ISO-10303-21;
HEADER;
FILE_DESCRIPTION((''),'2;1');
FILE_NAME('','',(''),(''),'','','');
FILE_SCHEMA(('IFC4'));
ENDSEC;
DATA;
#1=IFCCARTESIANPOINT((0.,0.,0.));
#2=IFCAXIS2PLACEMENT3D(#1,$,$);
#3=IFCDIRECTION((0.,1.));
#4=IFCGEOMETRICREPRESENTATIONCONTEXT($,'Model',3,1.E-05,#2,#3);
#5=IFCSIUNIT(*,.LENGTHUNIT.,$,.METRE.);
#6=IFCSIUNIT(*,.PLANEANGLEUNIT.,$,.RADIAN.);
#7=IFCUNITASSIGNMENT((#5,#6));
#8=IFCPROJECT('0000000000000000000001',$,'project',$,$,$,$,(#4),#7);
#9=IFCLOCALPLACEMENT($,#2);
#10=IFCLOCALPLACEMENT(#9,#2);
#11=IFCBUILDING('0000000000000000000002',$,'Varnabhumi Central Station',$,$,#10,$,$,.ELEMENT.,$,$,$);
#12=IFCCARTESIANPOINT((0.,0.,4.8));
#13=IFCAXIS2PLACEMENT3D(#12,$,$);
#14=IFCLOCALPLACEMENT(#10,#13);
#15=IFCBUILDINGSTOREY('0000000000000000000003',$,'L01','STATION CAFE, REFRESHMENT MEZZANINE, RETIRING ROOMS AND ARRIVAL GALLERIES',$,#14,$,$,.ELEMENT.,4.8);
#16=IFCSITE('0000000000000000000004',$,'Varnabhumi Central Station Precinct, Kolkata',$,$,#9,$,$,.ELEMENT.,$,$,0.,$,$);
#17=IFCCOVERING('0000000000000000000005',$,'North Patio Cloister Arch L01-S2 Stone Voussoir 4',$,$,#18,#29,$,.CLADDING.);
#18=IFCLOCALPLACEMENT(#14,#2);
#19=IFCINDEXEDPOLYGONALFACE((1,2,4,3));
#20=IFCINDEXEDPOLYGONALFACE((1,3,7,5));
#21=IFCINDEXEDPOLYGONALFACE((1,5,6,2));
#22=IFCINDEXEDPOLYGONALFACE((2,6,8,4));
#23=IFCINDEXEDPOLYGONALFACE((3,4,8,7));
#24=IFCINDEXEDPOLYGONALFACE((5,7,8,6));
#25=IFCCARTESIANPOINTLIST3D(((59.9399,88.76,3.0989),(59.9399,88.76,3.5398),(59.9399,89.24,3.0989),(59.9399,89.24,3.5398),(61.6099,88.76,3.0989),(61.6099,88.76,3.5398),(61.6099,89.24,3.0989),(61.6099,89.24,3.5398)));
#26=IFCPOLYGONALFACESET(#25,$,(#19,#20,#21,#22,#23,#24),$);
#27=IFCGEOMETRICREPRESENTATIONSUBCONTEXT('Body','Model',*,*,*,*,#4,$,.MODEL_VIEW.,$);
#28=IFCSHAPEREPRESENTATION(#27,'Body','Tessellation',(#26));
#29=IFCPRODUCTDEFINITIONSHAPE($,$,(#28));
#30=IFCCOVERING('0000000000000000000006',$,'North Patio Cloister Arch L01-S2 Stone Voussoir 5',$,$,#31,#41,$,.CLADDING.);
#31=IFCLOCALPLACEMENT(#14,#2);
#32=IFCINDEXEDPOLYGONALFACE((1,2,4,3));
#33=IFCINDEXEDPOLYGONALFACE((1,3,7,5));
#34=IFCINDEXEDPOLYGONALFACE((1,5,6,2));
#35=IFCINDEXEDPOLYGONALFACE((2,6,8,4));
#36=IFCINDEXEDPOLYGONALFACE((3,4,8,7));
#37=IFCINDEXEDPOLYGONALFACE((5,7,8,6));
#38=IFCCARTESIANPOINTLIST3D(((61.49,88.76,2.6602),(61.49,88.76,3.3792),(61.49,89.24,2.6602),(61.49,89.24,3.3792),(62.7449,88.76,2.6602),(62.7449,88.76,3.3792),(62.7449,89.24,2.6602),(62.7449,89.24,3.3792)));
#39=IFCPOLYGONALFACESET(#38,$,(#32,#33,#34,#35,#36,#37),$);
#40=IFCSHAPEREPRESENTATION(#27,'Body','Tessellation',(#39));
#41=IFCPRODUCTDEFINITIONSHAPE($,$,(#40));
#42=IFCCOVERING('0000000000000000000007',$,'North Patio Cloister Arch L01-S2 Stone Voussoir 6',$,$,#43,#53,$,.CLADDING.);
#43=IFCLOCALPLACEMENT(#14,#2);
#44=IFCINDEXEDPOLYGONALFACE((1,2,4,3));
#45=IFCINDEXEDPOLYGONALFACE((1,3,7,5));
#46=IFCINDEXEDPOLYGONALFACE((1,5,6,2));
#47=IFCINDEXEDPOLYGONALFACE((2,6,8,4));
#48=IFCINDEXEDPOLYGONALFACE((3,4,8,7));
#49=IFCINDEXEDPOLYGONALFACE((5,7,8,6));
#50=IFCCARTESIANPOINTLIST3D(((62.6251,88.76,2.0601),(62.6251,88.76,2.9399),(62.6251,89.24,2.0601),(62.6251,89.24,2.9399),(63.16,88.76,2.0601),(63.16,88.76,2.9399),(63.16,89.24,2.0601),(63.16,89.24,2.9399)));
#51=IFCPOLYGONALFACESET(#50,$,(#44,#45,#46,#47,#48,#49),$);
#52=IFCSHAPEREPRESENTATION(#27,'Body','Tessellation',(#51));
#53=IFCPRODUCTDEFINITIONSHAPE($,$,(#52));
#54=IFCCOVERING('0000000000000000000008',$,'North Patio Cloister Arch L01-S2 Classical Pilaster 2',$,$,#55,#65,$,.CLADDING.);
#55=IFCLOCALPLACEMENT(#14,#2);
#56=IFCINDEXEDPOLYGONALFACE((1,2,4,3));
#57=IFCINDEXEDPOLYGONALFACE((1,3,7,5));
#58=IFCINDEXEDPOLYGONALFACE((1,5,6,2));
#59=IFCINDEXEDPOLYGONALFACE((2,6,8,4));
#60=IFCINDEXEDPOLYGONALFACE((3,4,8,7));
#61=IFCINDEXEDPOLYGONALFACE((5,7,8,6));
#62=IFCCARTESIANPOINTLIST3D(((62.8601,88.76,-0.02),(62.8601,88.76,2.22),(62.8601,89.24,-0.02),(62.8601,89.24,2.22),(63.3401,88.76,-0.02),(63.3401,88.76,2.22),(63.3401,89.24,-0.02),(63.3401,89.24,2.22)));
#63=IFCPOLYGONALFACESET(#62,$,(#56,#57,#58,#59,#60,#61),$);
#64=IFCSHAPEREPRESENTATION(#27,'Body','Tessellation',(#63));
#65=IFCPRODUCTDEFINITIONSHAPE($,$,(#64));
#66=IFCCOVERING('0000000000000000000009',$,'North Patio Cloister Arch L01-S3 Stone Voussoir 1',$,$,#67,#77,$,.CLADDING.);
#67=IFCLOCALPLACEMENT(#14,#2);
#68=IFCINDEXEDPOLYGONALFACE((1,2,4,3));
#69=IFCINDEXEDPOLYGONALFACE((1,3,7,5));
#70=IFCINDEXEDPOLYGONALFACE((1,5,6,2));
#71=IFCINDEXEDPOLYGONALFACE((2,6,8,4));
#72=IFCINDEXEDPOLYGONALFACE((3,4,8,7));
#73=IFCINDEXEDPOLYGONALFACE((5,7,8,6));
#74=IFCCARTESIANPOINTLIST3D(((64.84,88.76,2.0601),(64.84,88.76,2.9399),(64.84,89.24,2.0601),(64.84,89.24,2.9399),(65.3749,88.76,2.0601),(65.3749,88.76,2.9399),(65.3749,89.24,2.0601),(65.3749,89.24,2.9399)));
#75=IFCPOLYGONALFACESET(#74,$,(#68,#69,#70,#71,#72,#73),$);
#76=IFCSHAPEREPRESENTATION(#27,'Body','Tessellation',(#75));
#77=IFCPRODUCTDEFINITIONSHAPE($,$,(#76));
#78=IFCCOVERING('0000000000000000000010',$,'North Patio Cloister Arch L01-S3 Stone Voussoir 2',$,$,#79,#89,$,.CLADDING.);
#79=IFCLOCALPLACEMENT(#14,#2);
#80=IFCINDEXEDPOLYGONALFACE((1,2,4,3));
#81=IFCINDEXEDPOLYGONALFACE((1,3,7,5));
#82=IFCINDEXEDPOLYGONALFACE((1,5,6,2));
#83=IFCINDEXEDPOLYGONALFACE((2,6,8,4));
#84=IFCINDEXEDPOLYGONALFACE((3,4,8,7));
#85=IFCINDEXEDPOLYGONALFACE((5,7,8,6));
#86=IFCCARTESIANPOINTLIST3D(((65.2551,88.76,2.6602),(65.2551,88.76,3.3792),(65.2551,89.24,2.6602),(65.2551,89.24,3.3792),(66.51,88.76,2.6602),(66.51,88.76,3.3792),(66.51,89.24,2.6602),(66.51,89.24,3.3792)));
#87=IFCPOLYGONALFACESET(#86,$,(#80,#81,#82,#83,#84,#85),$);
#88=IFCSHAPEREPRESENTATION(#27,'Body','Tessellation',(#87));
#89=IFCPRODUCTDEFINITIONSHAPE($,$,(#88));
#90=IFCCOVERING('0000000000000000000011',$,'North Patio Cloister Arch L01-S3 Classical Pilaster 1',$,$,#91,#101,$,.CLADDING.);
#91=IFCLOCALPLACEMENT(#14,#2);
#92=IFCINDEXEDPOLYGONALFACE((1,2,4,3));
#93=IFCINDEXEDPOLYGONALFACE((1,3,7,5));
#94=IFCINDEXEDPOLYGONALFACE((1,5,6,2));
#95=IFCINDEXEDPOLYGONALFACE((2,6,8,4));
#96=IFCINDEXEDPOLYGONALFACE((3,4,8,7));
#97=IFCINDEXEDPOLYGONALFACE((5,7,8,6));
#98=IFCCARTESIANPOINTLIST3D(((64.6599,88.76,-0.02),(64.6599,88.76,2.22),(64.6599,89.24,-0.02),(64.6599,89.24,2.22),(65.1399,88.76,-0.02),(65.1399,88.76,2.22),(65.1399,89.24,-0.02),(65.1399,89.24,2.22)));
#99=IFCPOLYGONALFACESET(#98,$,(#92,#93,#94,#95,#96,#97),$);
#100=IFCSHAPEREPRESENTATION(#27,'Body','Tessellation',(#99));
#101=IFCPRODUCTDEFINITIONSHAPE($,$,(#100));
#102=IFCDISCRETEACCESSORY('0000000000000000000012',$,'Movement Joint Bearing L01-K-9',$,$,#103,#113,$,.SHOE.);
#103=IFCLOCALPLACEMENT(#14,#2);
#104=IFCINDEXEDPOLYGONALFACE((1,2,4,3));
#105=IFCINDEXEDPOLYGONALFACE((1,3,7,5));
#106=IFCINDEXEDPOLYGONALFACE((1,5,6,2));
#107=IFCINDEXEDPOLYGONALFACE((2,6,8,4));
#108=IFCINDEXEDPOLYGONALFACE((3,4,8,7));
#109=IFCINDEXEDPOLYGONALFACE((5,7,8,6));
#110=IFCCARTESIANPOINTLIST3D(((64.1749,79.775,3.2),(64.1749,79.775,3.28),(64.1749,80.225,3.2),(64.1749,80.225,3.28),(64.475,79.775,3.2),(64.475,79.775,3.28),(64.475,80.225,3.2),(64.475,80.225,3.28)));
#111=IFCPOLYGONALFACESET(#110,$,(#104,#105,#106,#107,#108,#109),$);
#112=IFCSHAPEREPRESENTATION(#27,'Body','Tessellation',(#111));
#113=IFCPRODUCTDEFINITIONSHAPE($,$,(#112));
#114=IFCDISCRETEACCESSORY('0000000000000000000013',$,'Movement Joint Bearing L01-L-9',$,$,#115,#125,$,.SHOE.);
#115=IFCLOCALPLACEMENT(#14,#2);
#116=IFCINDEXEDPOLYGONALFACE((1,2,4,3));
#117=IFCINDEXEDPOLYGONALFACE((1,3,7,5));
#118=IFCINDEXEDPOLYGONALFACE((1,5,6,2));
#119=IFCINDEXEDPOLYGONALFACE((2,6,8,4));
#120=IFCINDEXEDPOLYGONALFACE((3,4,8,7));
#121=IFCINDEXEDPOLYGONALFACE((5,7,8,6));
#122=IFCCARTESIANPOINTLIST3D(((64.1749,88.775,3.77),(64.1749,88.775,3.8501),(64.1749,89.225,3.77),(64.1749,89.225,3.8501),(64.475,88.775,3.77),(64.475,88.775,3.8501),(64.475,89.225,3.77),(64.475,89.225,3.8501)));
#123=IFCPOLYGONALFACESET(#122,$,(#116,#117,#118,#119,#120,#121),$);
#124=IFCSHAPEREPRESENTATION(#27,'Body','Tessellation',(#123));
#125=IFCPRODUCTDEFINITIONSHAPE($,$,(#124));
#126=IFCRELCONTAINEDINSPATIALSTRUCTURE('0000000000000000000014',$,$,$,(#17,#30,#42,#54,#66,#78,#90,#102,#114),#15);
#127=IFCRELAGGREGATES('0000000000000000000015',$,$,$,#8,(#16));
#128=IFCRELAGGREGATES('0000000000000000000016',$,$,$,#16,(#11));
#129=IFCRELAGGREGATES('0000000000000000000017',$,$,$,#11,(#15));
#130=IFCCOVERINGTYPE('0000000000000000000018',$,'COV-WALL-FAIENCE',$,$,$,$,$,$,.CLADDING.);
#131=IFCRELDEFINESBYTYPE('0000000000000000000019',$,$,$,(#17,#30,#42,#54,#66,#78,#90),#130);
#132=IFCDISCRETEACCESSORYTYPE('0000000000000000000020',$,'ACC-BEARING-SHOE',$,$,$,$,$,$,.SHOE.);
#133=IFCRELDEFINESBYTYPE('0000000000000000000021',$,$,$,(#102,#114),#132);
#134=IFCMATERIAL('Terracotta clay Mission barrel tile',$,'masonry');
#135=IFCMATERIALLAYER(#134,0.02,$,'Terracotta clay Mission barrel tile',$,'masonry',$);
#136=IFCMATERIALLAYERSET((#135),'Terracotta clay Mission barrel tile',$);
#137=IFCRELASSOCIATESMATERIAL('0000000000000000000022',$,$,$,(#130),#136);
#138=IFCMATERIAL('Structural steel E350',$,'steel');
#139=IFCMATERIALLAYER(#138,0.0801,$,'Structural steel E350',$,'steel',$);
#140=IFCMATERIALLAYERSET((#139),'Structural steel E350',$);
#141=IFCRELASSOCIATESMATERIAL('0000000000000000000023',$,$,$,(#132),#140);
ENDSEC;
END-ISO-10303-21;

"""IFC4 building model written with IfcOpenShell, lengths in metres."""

from ifc_helpers import new_model, si_unit, direction, frame, origin, origin_2d, place, context, subcontext, project, spatial, rectangle, extrude, material, layer, layer_set, type_object, element, save


model = new_model("IFC4")

# Units and contexts
model_context = context("Model", 3, precision=1e-05, world=origin(), true_north=direction((0.0, 1.0)))
body_context = subcontext(model_context, "Body", "Model", "MODEL_VIEW")
ifc_project = project(units=[si_unit("LENGTHUNIT", "METRE"), si_unit("PLANEANGLEUNIT", "RADIAN")], contexts=[model_context])

# Site, building, storey
site_placement = place(None, origin())
site = spatial("IfcSite", under=ifc_project, at=site_placement, Name="Varnabhumi Central Station Precinct, Kolkata", CompositionType="ELEMENT", RefElevation=0.0)
building_placement = place(site_placement, origin())
building = spatial("IfcBuilding", under=site, at=building_placement, Name="Varnabhumi Central Station", CompositionType="ELEMENT")
storey_placement = place(building_placement, frame((0.0, 0.0, 4.8)))
storey = spatial("IfcBuildingStorey", under=building, at=storey_placement, Name="L01", Description="STATION CAFE, REFRESHMENT MEZZANINE, RETIRING ROOMS AND ARRIVAL GALLERIES", CompositionType="ELEMENT", Elevation=4.8)

# Shared definitions
ifc_material_1 = material(Name="Structural steel E350", Category="steel")

# Coverings
ifc_material_2 = material(Name="Terracotta clay Mission barrel tile", Category="masonry")
ifc_layer_1 = layer(ifc_material_2, 0.02, Name="Terracotta clay Mission barrel tile", Category="masonry")
ifc_layer_set_1 = layer_set([ifc_layer_1], Name="Terracotta clay Mission barrel tile")
covering_type = type_object("IfcCoveringType", Name="COV-WALL-FAIENCE", PredefinedType="CLADDING", material=ifc_layer_set_1)
covering_1_placement = place(storey_placement, frame((60.7749, 89.0, 3.0989), z_axis=(0.0, 0.0, 1.0), x_axis=(1.0, 0.0, 0.0)))
element("IfcCovering", 1, at=covering_1_placement, inside=storey, type_object=covering_type, Name="North Patio Cloister Arch L01-S2 Stone Voussoir 4", PredefinedType="CLADDING", context=body_context, shape_type="SweptSolid", body=[
    extrude(rectangle(XDim=1.6699, YDim=0.48, at=origin_2d()), origin(), (0.0, 0.0, 1.0), 0.4409),
])
covering_2_placement = place(storey_placement, frame((62.1174, 89.0, 2.6602), z_axis=(0.0, 0.0, 1.0), x_axis=(1.0, 0.0, 0.0)))
element("IfcCovering", 2, at=covering_2_placement, inside=storey, type_object=covering_type, Name="North Patio Cloister Arch L01-S2 Stone Voussoir 5", PredefinedType="CLADDING", context=body_context, shape_type="SweptSolid", body=[
    extrude(rectangle(XDim=1.2549, YDim=0.48, at=origin_2d()), origin(), (0.0, 0.0, 1.0), 0.719),
])
covering_3_placement = place(storey_placement, frame((62.8926, 89.0, 2.0601), z_axis=(0.0, 0.0, 1.0), x_axis=(1.0, 0.0, 0.0)))
element("IfcCovering", 3, at=covering_3_placement, inside=storey, type_object=covering_type, Name="North Patio Cloister Arch L01-S2 Stone Voussoir 6", PredefinedType="CLADDING", context=body_context, shape_type="SweptSolid", body=[
    extrude(rectangle(XDim=0.5349, YDim=0.48, at=origin_2d()), origin(), (0.0, 0.0, 1.0), 0.8799),
])
covering_4_placement = place(storey_placement, frame((63.1001, 89.0, -0.02), z_axis=(0.0, 0.0, 1.0), x_axis=(1.0, 0.0, 0.0)))
element("IfcCovering", 4, at=covering_4_placement, inside=storey, type_object=covering_type, Name="North Patio Cloister Arch L01-S2 Classical Pilaster 2", PredefinedType="CLADDING", context=body_context, shape_type="SweptSolid", body=[
    extrude(rectangle(XDim=0.48, YDim=0.48, at=origin_2d()), origin(), (0.0, 0.0, 1.0), 2.24),
])
covering_5_placement = place(storey_placement, frame((65.1074, 89.0, 2.0601), z_axis=(0.0, 0.0, 1.0), x_axis=(1.0, 0.0, 0.0)))
element("IfcCovering", 5, at=covering_5_placement, inside=storey, type_object=covering_type, Name="North Patio Cloister Arch L01-S3 Stone Voussoir 1", PredefinedType="CLADDING", context=body_context, shape_type="SweptSolid", body=[
    extrude(rectangle(XDim=0.5349, YDim=0.48, at=origin_2d()), origin(), (0.0, 0.0, 1.0), 0.8799),
])
covering_6_placement = place(storey_placement, frame((65.8826, 89.0, 2.6602), z_axis=(0.0, 0.0, 1.0), x_axis=(1.0, 0.0, 0.0)))
element("IfcCovering", 6, at=covering_6_placement, inside=storey, type_object=covering_type, Name="North Patio Cloister Arch L01-S3 Stone Voussoir 2", PredefinedType="CLADDING", context=body_context, shape_type="SweptSolid", body=[
    extrude(rectangle(XDim=1.2549, YDim=0.48, at=origin_2d()), origin(), (0.0, 0.0, 1.0), 0.719),
])
covering_7_placement = place(storey_placement, frame((64.8999, 89.0, -0.02), z_axis=(0.0, 0.0, 1.0), x_axis=(1.0, 0.0, 0.0)))
element("IfcCovering", 7, at=covering_7_placement, inside=storey, type_object=covering_type, Name="North Patio Cloister Arch L01-S3 Classical Pilaster 1", PredefinedType="CLADDING", context=body_context, shape_type="SweptSolid", body=[
    extrude(rectangle(XDim=0.48, YDim=0.48, at=origin_2d()), origin(), (0.0, 0.0, 1.0), 2.24),
])

# Discrete accessories
ifc_layer_2 = layer(ifc_material_1, 0.0801, Name="Structural steel E350", Category="steel")
ifc_layer_set_2 = layer_set([ifc_layer_2], Name="Structural steel E350")
discrete_accessory_type = type_object("IfcDiscreteAccessoryType", Name="ACC-BEARING-SHOE", PredefinedType="SHOE", material=ifc_layer_set_2)
for number, where, z_axis, x_axis, name in (
    (8, (64.325, 80.0, 3.2), (0.0, 0.0, 1.0), (1.0, 0.0, 0.0), "Movement Joint Bearing L01-K-9"),
    (9, (64.325, 89.0, 3.77), (0.0, 0.0, 1.0), (1.0, 0.0, 0.0), "Movement Joint Bearing L01-L-9"),
):
    element("IfcDiscreteAccessory", number, at=place(storey_placement, frame(where, z_axis=z_axis, x_axis=x_axis)), inside=storey, type_object=discrete_accessory_type, Name=name, PredefinedType="SHOE", context=body_context, shape_type="SweptSolid", body=[
        extrude(rectangle(XDim=0.3, YDim=0.45, at=origin_2d()), origin(), (0.0, 0.0, 1.0), 0.0801),
    ])

save(model, "model.ifc")
